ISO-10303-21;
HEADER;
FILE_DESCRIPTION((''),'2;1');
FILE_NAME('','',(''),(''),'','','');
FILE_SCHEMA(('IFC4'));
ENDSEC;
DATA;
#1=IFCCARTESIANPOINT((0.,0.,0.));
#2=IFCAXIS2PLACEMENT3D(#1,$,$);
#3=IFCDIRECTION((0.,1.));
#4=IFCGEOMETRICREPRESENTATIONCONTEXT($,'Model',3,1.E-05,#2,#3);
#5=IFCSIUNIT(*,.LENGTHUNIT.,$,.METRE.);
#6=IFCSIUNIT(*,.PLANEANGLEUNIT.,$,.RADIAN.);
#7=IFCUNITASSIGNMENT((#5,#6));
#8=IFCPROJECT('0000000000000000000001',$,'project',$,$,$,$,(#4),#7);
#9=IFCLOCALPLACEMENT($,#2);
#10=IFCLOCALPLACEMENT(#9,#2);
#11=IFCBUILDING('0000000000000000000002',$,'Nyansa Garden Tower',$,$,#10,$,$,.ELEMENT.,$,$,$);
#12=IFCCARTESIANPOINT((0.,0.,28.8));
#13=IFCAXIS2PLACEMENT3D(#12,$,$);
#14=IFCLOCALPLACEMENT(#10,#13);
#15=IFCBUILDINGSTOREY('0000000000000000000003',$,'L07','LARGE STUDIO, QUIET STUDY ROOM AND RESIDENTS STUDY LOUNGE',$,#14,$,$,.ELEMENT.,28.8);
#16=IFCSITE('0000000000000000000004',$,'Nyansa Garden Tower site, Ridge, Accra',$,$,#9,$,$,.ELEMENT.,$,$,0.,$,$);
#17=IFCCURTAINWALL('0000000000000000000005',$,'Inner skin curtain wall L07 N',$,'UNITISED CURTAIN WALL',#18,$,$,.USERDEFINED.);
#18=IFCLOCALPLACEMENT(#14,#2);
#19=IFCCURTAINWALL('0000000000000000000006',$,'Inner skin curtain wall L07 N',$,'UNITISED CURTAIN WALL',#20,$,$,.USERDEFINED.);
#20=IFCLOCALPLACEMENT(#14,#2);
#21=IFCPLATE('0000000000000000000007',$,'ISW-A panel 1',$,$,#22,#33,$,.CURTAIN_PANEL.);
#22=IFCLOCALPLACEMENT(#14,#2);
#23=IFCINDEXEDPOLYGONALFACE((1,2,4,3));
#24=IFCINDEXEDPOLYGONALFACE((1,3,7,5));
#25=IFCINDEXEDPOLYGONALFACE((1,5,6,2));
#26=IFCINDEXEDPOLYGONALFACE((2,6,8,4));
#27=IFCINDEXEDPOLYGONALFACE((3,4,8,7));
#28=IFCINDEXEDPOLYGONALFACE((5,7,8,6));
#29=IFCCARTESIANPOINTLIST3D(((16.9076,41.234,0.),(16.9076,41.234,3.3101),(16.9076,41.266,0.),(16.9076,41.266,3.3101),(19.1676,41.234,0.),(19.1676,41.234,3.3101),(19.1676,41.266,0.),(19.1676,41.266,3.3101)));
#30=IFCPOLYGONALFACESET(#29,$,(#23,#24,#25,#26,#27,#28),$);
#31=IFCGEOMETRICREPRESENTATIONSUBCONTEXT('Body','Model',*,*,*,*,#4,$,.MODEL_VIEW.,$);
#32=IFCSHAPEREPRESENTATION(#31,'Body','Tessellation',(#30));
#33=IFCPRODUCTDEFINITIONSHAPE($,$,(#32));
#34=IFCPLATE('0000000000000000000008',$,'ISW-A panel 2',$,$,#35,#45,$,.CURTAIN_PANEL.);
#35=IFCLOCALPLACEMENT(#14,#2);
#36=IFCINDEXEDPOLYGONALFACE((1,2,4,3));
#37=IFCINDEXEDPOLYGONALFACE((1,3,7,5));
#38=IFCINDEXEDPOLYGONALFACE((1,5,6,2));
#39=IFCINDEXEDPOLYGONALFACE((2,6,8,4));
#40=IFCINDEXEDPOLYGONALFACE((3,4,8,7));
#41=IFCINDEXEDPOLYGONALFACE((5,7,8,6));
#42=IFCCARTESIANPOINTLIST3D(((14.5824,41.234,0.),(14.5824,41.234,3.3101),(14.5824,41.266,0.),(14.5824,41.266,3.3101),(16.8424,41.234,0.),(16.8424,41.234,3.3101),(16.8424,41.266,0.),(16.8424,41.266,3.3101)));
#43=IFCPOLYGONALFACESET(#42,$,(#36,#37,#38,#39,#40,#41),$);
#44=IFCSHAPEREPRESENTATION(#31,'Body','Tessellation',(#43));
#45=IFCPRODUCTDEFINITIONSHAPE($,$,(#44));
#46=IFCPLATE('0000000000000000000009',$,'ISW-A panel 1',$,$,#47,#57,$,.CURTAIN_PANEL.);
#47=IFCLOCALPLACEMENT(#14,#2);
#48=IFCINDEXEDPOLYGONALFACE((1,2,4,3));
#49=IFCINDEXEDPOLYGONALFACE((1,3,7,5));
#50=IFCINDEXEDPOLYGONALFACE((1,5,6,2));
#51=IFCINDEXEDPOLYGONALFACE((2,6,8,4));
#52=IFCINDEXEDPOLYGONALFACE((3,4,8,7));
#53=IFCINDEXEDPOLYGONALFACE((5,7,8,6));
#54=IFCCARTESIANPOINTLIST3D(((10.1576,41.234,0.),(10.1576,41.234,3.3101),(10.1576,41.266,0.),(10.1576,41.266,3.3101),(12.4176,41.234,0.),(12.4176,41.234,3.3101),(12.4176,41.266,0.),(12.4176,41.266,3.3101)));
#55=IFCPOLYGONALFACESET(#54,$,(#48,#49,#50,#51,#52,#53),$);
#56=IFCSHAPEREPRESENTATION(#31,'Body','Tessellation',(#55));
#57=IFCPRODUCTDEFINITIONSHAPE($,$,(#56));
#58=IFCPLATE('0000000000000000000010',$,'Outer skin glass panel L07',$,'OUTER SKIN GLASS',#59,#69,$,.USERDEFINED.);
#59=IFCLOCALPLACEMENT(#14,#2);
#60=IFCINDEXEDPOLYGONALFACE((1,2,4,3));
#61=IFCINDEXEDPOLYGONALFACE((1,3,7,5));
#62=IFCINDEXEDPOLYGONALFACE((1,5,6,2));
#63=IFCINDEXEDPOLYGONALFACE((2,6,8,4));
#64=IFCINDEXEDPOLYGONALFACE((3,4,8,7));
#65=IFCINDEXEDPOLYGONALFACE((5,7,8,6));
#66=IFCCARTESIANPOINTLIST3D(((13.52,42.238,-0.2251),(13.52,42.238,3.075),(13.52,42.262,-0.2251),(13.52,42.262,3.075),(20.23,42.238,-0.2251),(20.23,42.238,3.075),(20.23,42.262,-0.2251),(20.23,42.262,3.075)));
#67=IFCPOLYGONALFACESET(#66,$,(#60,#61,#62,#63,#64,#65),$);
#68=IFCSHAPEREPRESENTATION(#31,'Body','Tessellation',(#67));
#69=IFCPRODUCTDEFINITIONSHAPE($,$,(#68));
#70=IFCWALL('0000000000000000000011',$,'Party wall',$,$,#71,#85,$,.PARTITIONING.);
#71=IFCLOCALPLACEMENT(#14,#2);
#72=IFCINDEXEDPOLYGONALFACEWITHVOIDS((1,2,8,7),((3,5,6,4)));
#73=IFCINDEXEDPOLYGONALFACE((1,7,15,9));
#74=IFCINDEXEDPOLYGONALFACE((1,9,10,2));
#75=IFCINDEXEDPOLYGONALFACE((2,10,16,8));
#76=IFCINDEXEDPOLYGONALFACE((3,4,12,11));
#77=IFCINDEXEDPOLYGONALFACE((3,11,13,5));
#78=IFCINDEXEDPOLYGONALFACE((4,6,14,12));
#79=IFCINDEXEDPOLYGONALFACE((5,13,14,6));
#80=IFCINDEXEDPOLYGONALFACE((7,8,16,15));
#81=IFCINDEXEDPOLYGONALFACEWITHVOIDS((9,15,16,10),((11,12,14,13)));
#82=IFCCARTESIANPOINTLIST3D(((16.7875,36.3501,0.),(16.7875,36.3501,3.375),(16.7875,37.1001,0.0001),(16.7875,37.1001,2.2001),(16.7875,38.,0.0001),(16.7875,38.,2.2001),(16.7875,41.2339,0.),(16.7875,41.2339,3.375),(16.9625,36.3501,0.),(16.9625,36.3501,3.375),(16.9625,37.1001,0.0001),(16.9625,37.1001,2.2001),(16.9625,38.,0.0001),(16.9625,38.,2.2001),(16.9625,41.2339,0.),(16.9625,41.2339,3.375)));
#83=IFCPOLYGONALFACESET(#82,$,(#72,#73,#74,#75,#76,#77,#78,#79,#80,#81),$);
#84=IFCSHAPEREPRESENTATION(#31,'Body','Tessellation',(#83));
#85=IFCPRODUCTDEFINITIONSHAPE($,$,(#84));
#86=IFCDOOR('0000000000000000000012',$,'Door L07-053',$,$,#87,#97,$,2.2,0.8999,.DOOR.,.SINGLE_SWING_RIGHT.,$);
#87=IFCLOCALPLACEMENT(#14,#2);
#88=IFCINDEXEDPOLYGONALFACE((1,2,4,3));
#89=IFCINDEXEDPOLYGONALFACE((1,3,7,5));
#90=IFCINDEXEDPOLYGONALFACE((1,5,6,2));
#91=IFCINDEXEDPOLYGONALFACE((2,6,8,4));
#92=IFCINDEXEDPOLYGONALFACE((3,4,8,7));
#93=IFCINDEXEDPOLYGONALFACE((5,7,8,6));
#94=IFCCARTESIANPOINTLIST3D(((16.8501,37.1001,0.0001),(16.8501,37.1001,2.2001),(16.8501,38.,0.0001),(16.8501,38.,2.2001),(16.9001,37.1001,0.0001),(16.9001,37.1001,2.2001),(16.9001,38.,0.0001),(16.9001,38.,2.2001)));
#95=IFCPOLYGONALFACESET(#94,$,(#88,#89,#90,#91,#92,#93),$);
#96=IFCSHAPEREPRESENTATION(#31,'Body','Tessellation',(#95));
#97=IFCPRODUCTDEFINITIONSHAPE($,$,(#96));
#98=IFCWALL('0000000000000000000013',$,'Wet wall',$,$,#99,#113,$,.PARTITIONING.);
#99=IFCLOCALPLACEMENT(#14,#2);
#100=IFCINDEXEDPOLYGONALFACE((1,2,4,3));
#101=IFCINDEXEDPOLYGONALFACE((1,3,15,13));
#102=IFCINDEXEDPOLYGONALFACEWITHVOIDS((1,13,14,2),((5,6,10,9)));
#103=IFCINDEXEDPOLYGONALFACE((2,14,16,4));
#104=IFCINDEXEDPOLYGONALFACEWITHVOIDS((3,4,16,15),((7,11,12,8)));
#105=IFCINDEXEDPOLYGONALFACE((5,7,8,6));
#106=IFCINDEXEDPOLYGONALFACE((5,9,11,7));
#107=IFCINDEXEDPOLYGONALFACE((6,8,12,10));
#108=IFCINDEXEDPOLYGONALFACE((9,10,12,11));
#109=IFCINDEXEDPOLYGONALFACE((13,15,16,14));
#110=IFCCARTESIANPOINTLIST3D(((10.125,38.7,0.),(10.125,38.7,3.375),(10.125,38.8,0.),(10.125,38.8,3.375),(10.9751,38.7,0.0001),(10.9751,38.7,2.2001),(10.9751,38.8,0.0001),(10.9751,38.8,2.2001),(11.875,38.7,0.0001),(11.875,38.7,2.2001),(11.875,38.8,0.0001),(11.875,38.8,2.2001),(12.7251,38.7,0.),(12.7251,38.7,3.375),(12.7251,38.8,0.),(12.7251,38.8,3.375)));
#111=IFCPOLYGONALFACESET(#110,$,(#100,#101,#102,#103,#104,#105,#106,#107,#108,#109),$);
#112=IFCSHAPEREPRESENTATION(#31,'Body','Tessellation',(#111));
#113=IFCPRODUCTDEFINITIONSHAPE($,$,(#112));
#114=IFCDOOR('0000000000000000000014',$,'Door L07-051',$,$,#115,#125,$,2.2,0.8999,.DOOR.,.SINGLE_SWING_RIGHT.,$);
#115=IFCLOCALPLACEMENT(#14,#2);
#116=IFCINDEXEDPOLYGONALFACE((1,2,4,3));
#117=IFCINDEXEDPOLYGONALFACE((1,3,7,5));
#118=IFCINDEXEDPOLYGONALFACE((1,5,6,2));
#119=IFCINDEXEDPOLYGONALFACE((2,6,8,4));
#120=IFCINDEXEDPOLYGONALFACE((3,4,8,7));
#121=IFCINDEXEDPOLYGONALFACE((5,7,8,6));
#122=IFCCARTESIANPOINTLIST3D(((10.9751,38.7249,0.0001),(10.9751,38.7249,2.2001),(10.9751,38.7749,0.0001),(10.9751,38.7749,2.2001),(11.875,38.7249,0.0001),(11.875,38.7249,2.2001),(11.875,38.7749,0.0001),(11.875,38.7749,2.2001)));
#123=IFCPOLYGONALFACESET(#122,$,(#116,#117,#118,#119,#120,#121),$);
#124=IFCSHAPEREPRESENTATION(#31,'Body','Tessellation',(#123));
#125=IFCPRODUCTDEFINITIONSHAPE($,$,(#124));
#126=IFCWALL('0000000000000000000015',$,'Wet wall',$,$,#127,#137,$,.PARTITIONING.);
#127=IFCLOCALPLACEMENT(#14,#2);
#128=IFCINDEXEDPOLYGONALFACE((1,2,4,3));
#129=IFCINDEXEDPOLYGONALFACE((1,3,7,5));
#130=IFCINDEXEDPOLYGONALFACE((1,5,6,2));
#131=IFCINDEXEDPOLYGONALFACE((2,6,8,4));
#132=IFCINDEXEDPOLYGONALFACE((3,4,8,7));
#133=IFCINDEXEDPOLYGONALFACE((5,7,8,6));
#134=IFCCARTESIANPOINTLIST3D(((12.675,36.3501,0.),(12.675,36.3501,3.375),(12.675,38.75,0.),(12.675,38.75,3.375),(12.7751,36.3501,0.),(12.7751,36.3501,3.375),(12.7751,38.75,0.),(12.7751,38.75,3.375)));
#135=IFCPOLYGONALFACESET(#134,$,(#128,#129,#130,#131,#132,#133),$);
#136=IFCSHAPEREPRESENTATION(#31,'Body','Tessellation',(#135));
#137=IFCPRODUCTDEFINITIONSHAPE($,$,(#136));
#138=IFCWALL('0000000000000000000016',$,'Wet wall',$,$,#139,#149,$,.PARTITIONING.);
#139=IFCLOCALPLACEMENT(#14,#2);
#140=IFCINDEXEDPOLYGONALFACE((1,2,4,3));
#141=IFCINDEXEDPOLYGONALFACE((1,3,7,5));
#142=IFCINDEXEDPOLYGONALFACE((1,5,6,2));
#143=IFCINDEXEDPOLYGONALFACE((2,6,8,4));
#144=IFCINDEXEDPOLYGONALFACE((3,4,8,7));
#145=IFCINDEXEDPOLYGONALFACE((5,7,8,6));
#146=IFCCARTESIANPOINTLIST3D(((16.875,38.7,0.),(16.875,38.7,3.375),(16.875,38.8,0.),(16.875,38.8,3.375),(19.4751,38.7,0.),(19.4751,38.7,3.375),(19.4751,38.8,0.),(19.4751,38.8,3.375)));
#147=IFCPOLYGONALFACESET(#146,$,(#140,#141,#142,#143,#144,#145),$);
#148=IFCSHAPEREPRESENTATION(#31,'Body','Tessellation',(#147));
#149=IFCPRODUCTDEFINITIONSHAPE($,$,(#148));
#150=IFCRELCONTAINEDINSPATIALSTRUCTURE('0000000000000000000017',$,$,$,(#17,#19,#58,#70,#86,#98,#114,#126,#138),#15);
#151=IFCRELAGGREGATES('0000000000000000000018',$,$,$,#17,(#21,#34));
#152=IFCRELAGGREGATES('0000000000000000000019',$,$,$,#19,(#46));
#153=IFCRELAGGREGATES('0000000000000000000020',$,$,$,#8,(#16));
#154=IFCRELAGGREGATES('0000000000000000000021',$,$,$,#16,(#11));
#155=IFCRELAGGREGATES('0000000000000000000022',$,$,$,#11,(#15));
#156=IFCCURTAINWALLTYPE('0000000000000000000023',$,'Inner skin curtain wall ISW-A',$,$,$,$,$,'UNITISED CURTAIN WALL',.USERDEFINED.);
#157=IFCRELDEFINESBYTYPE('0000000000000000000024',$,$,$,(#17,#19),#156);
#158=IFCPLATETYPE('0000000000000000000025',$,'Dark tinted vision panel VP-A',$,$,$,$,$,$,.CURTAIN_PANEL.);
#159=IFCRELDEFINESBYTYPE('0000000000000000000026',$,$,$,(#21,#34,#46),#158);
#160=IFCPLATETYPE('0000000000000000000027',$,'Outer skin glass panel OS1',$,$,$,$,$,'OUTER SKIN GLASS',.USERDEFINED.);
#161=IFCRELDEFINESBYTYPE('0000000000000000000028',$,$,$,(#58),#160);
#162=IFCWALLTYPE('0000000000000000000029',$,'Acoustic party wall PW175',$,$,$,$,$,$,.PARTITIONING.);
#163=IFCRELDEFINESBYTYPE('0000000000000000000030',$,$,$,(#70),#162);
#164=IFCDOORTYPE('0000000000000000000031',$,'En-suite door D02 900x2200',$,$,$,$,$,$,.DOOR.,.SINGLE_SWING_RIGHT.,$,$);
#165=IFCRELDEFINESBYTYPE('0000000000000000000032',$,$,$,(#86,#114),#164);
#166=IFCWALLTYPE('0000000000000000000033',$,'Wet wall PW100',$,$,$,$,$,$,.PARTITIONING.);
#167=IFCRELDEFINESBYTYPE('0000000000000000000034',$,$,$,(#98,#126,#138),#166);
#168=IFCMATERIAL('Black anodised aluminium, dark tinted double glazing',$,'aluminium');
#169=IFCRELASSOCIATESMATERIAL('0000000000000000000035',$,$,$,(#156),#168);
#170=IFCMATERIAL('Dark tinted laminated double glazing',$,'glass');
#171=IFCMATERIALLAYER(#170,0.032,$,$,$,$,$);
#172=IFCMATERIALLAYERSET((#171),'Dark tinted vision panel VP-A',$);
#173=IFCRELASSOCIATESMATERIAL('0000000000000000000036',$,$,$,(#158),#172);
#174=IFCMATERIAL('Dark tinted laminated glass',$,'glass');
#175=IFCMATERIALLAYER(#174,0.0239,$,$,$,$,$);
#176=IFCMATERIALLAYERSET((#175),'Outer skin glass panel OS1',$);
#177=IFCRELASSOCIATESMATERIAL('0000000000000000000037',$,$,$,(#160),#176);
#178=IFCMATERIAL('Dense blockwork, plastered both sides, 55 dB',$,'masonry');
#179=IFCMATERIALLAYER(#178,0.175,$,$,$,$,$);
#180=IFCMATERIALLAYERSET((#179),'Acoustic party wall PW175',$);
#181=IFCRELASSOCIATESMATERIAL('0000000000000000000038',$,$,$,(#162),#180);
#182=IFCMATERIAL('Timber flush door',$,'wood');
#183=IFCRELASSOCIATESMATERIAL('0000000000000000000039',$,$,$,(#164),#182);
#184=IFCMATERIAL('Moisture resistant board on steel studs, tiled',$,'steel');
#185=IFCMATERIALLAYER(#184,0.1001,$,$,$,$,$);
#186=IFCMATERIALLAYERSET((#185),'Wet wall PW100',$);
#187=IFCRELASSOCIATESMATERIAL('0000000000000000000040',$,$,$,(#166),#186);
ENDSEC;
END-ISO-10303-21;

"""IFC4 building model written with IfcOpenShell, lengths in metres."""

from ifc_helpers import new_model, si_unit, direction, frame, frame_2d, origin, origin_2d, place, context, subcontext, project, spatial, rectangle, extrude, material, layer, layer_set, type_object, element, fill, aggregate, save


model = new_model("IFC4")

# Units and contexts
model_context = context("Model", 3, precision=1e-05, world=origin(), true_north=direction((0.0, 1.0)))
body_context = subcontext(model_context, "Body", "Model", "MODEL_VIEW")
ifc_project = project(units=[si_unit("LENGTHUNIT", "METRE"), si_unit("PLANEANGLEUNIT", "RADIAN")], contexts=[model_context])

# Site, building, storey
site_placement = place(None, origin())
site = spatial("IfcSite", under=ifc_project, at=site_placement, Name="Nyansa Garden Tower site, Ridge, Accra", CompositionType="ELEMENT", RefElevation=0.0)
building_placement = place(site_placement, origin())
building = spatial("IfcBuilding", under=site, at=building_placement, Name="Nyansa Garden Tower", CompositionType="ELEMENT")
storey_placement = place(building_placement, frame((0.0, 0.0, 28.8)))
storey = spatial("IfcBuildingStorey", under=building, at=storey_placement, Name="L07", Description="LARGE STUDIO, QUIET STUDY ROOM AND RESIDENTS STUDY LOUNGE", CompositionType="ELEMENT", Elevation=28.8)

# Curtain walls
ifc_material_1 = material(Name="Black anodised aluminium, dark tinted double glazing", Category="aluminium")
curtain_wall_type = type_object("IfcCurtainWallType", Name="Inner skin curtain wall ISW-A", ElementType="UNITISED CURTAIN WALL", PredefinedType="USERDEFINED", material=ifc_material_1)
curtain_wall_1_placement = place(storey_placement, origin())
curtain_wall_1 = element("IfcCurtainWall", 1, at=curtain_wall_1_placement, inside=storey, type_object=curtain_wall_type, Name="Inner skin curtain wall L07 N", ObjectType="UNITISED CURTAIN WALL", PredefinedType="USERDEFINED")
curtain_wall_2_placement = place(storey_placement, origin())
curtain_wall_2 = element("IfcCurtainWall", 2, at=curtain_wall_2_placement, inside=storey, type_object=curtain_wall_type, Name="Inner skin curtain wall L07 N", ObjectType="UNITISED CURTAIN WALL", PredefinedType="USERDEFINED")

# Plates
ifc_material_2 = material(Name="Dark tinted laminated double glazing", Category="glass")
ifc_layer_1 = layer(ifc_material_2, 0.032)
ifc_layer_set_1 = layer_set([ifc_layer_1], Name="Dark tinted vision panel VP-A")
plate_type_1 = type_object("IfcPlateType", Name="Dark tinted vision panel VP-A", PredefinedType="CURTAIN_PANEL", material=ifc_layer_set_1)
plate_1_placement = place(storey_placement, frame((18.0376, 41.25, 0.0), z_axis=(0.0, 0.0, 1.0), x_axis=(-1.0, 0.0, 0.0)))
plate_1 = element("IfcPlate", 3, at=plate_1_placement, type_object=plate_type_1, Name="ISW-A panel 1", PredefinedType="CURTAIN_PANEL", context=body_context, shape_type="SweptSolid", body=[
    extrude(rectangle(XDim=2.26, YDim=0.032, at=origin_2d()), origin(), (0.0, 0.0, 1.0), 3.3101),
])
plate_2_placement = place(storey_placement, frame((15.7124, 41.25, 0.0), z_axis=(0.0, 0.0, 1.0), x_axis=(-1.0, 0.0, 0.0)))
plate_2 = element("IfcPlate", 4, at=plate_2_placement, type_object=plate_type_1, Name="ISW-A panel 2", PredefinedType="CURTAIN_PANEL", context=body_context, shape_type="SweptSolid", body=[
    extrude(rectangle(XDim=2.26, YDim=0.032, at=origin_2d()), origin(), (0.0, 0.0, 1.0), 3.3101),
])
aggregate(curtain_wall_1, [plate_1, plate_2])
plate_3_placement = place(storey_placement, frame((11.2876, 41.25, 0.0), z_axis=(0.0, 0.0, 1.0), x_axis=(-1.0, 0.0, 0.0)))
plate_3 = element("IfcPlate", 5, at=plate_3_placement, type_object=plate_type_1, Name="ISW-A panel 1", PredefinedType="CURTAIN_PANEL", context=body_context, shape_type="SweptSolid", body=[
    extrude(rectangle(XDim=2.26, YDim=0.032, at=origin_2d()), origin(), (0.0, 0.0, 1.0), 3.3101),
])
aggregate(curtain_wall_2, [plate_3])
ifc_material_3 = material(Name="Dark tinted laminated glass", Category="glass")
ifc_layer_2 = layer(ifc_material_3, 0.0239)
ifc_layer_set_2 = layer_set([ifc_layer_2], Name="Outer skin glass panel OS1")
plate_type_2 = type_object("IfcPlateType", Name="Outer skin glass panel OS1", ElementType="OUTER SKIN GLASS", PredefinedType="USERDEFINED", material=ifc_layer_set_2)
plate_4_placement = place(storey_placement, frame((16.875, 42.25, -0.2251), z_axis=(0.0, 0.0, 1.0), x_axis=(1.0, 0.0, 0.0)))
element("IfcPlate", 6, at=plate_4_placement, inside=storey, type_object=plate_type_2, Name="Outer skin glass panel L07", ObjectType="OUTER SKIN GLASS", PredefinedType="USERDEFINED", context=body_context, shape_type="SweptSolid", body=[
    extrude(rectangle(XDim=6.71, YDim=0.0239, at=origin_2d()), origin(), (0.0, 0.0, 1.0), 3.3),
])

# Walls, openings, doors
ifc_material_4 = material(Name="Dense blockwork, plastered both sides, 55 dB", Category="masonry")
ifc_layer_3 = layer(ifc_material_4, 0.175)
ifc_layer_set_3 = layer_set([ifc_layer_3], Name="Acoustic party wall PW175")
wall_type_1 = type_object("IfcWallType", Name="Acoustic party wall PW175", PredefinedType="PARTITIONING", material=ifc_layer_set_3)
wall_1_placement = place(storey_placement, frame((16.875, 36.3501, 0.0), z_axis=(0.0, 0.0, 1.0), x_axis=(0.0, 1.0, 0.0)))
wall_1 = element("IfcWall", 7, at=wall_1_placement, inside=storey, type_object=wall_type_1, Name="Party wall", PredefinedType="PARTITIONING", context=body_context, shape_type="SweptSolid", body=[
    extrude(rectangle(XDim=4.8838, YDim=0.175, at=frame_2d((2.4419, 0.0))), origin(), (0.0, 0.0, 1.0), 3.375),
])
opening_1_placement = place(wall_1_placement, frame((0.75, 0.0, 0.0)))
opening_1 = element("IfcOpeningElement", 8, at=opening_1_placement, cuts=wall_1, PredefinedType="OPENING", context=body_context, shape_type="SweptSolid", body=[
    extrude(rectangle(XDim=0.8999, YDim=2.2, at=frame_2d((0.45, 1.1001))), frame((0.0, 0.0974, 0.0), z_axis=(0.0, -1.0, 0.0), x_axis=(1.0, 0.0, 0.0)), (0.0, 0.0, 1.0), 0.1951),
])
ifc_material_5 = material(Name="Timber flush door", Category="wood")
door_type = type_object("IfcDoorType", Name="En-suite door D02 900x2200", OperationType="SINGLE_SWING_RIGHT", PredefinedType="DOOR", material=ifc_material_5)
door_1_placement = place(opening_1_placement, origin())
door_1 = element("IfcDoor", 9, at=door_1_placement, inside=storey, type_object=door_type, Name="Door L07-053", OperationType="SINGLE_SWING_RIGHT", OverallHeight=2.2, OverallWidth=0.8999, PredefinedType="DOOR", context=body_context, shape_type="SweptSolid", body=[
    extrude(rectangle(XDim=0.8999, YDim=2.2, at=frame_2d((0.45, 1.1001))), frame((0.0, 0.0249, 0.0), z_axis=(0.0, -1.0, 0.0), x_axis=(1.0, 0.0, 0.0)), (0.0, 0.0, 1.0), 0.05),
])
fill(opening_1, door_1)
ifc_material_6 = material(Name="Moisture resistant board on steel studs, tiled", Category="steel")
ifc_layer_4 = layer(ifc_material_6, 0.1001)
ifc_layer_set_4 = layer_set([ifc_layer_4], Name="Wet wall PW100")
wall_type_2 = type_object("IfcWallType", Name="Wet wall PW100", PredefinedType="PARTITIONING", material=ifc_layer_set_4)
wall_2_placement = place(storey_placement, frame((10.125, 38.75, 0.0), z_axis=(0.0, 0.0, 1.0), x_axis=(1.0, 0.0, 0.0)))
wall_2 = element("IfcWall", 10, at=wall_2_placement, inside=storey, type_object=wall_type_2, Name="Wet wall", PredefinedType="PARTITIONING", context=body_context, shape_type="SweptSolid", body=[
    extrude(rectangle(XDim=2.6001, YDim=0.1001, at=frame_2d((1.3, 0.0))), origin(), (0.0, 0.0, 1.0), 3.375),
])
opening_2_placement = place(wall_2_placement, frame((0.8501, 0.0, 0.0)))
opening_2 = element("IfcOpeningElement", 11, at=opening_2_placement, cuts=wall_2, PredefinedType="OPENING", context=body_context, shape_type="SweptSolid", body=[
    extrude(rectangle(XDim=0.8999, YDim=2.2, at=frame_2d((0.45, 1.1001))), frame((0.0, 0.0601, 0.0), z_axis=(0.0, -1.0, 0.0), x_axis=(1.0, 0.0, 0.0)), (0.0, 0.0, 1.0), 0.1201),
])
door_2_placement = place(opening_2_placement, origin())
door_2 = element("IfcDoor", 12, at=door_2_placement, inside=storey, type_object=door_type, Name="Door L07-051", OperationType="SINGLE_SWING_RIGHT", OverallHeight=2.2, OverallWidth=0.8999, PredefinedType="DOOR", context=body_context, shape_type="SweptSolid", body=[
    extrude(rectangle(XDim=0.8999, YDim=2.2, at=frame_2d((0.45, 1.1001))), frame((0.0, 0.0249, 0.0), z_axis=(0.0, -1.0, 0.0), x_axis=(1.0, 0.0, 0.0)), (0.0, 0.0, 1.0), 0.05),
])
fill(opening_2, door_2)

# Walls
wall_3_placement = place(storey_placement, frame((12.7251, 36.3501, 0.0), z_axis=(0.0, 0.0, 1.0), x_axis=(0.0, 1.0, 0.0)))
element("IfcWall", 13, at=wall_3_placement, inside=storey, type_object=wall_type_2, Name="Wet wall", PredefinedType="PARTITIONING", context=body_context, shape_type="SweptSolid", body=[
    extrude(rectangle(XDim=2.3999, YDim=0.1001, at=frame_2d((1.2, 0.0))), origin(), (0.0, 0.0, 1.0), 3.375),
])
wall_4_placement = place(storey_placement, frame((16.875, 38.75, 0.0), z_axis=(0.0, 0.0, 1.0), x_axis=(1.0, 0.0, 0.0)))
element("IfcWall", 14, at=wall_4_placement, inside=storey, type_object=wall_type_2, Name="Wet wall", PredefinedType="PARTITIONING", context=body_context, shape_type="SweptSolid", body=[
    extrude(rectangle(XDim=2.6001, YDim=0.1001, at=frame_2d((1.3, 0.0))), origin(), (0.0, 0.0, 1.0), 3.375),
])

save(model, "model.ifc")
